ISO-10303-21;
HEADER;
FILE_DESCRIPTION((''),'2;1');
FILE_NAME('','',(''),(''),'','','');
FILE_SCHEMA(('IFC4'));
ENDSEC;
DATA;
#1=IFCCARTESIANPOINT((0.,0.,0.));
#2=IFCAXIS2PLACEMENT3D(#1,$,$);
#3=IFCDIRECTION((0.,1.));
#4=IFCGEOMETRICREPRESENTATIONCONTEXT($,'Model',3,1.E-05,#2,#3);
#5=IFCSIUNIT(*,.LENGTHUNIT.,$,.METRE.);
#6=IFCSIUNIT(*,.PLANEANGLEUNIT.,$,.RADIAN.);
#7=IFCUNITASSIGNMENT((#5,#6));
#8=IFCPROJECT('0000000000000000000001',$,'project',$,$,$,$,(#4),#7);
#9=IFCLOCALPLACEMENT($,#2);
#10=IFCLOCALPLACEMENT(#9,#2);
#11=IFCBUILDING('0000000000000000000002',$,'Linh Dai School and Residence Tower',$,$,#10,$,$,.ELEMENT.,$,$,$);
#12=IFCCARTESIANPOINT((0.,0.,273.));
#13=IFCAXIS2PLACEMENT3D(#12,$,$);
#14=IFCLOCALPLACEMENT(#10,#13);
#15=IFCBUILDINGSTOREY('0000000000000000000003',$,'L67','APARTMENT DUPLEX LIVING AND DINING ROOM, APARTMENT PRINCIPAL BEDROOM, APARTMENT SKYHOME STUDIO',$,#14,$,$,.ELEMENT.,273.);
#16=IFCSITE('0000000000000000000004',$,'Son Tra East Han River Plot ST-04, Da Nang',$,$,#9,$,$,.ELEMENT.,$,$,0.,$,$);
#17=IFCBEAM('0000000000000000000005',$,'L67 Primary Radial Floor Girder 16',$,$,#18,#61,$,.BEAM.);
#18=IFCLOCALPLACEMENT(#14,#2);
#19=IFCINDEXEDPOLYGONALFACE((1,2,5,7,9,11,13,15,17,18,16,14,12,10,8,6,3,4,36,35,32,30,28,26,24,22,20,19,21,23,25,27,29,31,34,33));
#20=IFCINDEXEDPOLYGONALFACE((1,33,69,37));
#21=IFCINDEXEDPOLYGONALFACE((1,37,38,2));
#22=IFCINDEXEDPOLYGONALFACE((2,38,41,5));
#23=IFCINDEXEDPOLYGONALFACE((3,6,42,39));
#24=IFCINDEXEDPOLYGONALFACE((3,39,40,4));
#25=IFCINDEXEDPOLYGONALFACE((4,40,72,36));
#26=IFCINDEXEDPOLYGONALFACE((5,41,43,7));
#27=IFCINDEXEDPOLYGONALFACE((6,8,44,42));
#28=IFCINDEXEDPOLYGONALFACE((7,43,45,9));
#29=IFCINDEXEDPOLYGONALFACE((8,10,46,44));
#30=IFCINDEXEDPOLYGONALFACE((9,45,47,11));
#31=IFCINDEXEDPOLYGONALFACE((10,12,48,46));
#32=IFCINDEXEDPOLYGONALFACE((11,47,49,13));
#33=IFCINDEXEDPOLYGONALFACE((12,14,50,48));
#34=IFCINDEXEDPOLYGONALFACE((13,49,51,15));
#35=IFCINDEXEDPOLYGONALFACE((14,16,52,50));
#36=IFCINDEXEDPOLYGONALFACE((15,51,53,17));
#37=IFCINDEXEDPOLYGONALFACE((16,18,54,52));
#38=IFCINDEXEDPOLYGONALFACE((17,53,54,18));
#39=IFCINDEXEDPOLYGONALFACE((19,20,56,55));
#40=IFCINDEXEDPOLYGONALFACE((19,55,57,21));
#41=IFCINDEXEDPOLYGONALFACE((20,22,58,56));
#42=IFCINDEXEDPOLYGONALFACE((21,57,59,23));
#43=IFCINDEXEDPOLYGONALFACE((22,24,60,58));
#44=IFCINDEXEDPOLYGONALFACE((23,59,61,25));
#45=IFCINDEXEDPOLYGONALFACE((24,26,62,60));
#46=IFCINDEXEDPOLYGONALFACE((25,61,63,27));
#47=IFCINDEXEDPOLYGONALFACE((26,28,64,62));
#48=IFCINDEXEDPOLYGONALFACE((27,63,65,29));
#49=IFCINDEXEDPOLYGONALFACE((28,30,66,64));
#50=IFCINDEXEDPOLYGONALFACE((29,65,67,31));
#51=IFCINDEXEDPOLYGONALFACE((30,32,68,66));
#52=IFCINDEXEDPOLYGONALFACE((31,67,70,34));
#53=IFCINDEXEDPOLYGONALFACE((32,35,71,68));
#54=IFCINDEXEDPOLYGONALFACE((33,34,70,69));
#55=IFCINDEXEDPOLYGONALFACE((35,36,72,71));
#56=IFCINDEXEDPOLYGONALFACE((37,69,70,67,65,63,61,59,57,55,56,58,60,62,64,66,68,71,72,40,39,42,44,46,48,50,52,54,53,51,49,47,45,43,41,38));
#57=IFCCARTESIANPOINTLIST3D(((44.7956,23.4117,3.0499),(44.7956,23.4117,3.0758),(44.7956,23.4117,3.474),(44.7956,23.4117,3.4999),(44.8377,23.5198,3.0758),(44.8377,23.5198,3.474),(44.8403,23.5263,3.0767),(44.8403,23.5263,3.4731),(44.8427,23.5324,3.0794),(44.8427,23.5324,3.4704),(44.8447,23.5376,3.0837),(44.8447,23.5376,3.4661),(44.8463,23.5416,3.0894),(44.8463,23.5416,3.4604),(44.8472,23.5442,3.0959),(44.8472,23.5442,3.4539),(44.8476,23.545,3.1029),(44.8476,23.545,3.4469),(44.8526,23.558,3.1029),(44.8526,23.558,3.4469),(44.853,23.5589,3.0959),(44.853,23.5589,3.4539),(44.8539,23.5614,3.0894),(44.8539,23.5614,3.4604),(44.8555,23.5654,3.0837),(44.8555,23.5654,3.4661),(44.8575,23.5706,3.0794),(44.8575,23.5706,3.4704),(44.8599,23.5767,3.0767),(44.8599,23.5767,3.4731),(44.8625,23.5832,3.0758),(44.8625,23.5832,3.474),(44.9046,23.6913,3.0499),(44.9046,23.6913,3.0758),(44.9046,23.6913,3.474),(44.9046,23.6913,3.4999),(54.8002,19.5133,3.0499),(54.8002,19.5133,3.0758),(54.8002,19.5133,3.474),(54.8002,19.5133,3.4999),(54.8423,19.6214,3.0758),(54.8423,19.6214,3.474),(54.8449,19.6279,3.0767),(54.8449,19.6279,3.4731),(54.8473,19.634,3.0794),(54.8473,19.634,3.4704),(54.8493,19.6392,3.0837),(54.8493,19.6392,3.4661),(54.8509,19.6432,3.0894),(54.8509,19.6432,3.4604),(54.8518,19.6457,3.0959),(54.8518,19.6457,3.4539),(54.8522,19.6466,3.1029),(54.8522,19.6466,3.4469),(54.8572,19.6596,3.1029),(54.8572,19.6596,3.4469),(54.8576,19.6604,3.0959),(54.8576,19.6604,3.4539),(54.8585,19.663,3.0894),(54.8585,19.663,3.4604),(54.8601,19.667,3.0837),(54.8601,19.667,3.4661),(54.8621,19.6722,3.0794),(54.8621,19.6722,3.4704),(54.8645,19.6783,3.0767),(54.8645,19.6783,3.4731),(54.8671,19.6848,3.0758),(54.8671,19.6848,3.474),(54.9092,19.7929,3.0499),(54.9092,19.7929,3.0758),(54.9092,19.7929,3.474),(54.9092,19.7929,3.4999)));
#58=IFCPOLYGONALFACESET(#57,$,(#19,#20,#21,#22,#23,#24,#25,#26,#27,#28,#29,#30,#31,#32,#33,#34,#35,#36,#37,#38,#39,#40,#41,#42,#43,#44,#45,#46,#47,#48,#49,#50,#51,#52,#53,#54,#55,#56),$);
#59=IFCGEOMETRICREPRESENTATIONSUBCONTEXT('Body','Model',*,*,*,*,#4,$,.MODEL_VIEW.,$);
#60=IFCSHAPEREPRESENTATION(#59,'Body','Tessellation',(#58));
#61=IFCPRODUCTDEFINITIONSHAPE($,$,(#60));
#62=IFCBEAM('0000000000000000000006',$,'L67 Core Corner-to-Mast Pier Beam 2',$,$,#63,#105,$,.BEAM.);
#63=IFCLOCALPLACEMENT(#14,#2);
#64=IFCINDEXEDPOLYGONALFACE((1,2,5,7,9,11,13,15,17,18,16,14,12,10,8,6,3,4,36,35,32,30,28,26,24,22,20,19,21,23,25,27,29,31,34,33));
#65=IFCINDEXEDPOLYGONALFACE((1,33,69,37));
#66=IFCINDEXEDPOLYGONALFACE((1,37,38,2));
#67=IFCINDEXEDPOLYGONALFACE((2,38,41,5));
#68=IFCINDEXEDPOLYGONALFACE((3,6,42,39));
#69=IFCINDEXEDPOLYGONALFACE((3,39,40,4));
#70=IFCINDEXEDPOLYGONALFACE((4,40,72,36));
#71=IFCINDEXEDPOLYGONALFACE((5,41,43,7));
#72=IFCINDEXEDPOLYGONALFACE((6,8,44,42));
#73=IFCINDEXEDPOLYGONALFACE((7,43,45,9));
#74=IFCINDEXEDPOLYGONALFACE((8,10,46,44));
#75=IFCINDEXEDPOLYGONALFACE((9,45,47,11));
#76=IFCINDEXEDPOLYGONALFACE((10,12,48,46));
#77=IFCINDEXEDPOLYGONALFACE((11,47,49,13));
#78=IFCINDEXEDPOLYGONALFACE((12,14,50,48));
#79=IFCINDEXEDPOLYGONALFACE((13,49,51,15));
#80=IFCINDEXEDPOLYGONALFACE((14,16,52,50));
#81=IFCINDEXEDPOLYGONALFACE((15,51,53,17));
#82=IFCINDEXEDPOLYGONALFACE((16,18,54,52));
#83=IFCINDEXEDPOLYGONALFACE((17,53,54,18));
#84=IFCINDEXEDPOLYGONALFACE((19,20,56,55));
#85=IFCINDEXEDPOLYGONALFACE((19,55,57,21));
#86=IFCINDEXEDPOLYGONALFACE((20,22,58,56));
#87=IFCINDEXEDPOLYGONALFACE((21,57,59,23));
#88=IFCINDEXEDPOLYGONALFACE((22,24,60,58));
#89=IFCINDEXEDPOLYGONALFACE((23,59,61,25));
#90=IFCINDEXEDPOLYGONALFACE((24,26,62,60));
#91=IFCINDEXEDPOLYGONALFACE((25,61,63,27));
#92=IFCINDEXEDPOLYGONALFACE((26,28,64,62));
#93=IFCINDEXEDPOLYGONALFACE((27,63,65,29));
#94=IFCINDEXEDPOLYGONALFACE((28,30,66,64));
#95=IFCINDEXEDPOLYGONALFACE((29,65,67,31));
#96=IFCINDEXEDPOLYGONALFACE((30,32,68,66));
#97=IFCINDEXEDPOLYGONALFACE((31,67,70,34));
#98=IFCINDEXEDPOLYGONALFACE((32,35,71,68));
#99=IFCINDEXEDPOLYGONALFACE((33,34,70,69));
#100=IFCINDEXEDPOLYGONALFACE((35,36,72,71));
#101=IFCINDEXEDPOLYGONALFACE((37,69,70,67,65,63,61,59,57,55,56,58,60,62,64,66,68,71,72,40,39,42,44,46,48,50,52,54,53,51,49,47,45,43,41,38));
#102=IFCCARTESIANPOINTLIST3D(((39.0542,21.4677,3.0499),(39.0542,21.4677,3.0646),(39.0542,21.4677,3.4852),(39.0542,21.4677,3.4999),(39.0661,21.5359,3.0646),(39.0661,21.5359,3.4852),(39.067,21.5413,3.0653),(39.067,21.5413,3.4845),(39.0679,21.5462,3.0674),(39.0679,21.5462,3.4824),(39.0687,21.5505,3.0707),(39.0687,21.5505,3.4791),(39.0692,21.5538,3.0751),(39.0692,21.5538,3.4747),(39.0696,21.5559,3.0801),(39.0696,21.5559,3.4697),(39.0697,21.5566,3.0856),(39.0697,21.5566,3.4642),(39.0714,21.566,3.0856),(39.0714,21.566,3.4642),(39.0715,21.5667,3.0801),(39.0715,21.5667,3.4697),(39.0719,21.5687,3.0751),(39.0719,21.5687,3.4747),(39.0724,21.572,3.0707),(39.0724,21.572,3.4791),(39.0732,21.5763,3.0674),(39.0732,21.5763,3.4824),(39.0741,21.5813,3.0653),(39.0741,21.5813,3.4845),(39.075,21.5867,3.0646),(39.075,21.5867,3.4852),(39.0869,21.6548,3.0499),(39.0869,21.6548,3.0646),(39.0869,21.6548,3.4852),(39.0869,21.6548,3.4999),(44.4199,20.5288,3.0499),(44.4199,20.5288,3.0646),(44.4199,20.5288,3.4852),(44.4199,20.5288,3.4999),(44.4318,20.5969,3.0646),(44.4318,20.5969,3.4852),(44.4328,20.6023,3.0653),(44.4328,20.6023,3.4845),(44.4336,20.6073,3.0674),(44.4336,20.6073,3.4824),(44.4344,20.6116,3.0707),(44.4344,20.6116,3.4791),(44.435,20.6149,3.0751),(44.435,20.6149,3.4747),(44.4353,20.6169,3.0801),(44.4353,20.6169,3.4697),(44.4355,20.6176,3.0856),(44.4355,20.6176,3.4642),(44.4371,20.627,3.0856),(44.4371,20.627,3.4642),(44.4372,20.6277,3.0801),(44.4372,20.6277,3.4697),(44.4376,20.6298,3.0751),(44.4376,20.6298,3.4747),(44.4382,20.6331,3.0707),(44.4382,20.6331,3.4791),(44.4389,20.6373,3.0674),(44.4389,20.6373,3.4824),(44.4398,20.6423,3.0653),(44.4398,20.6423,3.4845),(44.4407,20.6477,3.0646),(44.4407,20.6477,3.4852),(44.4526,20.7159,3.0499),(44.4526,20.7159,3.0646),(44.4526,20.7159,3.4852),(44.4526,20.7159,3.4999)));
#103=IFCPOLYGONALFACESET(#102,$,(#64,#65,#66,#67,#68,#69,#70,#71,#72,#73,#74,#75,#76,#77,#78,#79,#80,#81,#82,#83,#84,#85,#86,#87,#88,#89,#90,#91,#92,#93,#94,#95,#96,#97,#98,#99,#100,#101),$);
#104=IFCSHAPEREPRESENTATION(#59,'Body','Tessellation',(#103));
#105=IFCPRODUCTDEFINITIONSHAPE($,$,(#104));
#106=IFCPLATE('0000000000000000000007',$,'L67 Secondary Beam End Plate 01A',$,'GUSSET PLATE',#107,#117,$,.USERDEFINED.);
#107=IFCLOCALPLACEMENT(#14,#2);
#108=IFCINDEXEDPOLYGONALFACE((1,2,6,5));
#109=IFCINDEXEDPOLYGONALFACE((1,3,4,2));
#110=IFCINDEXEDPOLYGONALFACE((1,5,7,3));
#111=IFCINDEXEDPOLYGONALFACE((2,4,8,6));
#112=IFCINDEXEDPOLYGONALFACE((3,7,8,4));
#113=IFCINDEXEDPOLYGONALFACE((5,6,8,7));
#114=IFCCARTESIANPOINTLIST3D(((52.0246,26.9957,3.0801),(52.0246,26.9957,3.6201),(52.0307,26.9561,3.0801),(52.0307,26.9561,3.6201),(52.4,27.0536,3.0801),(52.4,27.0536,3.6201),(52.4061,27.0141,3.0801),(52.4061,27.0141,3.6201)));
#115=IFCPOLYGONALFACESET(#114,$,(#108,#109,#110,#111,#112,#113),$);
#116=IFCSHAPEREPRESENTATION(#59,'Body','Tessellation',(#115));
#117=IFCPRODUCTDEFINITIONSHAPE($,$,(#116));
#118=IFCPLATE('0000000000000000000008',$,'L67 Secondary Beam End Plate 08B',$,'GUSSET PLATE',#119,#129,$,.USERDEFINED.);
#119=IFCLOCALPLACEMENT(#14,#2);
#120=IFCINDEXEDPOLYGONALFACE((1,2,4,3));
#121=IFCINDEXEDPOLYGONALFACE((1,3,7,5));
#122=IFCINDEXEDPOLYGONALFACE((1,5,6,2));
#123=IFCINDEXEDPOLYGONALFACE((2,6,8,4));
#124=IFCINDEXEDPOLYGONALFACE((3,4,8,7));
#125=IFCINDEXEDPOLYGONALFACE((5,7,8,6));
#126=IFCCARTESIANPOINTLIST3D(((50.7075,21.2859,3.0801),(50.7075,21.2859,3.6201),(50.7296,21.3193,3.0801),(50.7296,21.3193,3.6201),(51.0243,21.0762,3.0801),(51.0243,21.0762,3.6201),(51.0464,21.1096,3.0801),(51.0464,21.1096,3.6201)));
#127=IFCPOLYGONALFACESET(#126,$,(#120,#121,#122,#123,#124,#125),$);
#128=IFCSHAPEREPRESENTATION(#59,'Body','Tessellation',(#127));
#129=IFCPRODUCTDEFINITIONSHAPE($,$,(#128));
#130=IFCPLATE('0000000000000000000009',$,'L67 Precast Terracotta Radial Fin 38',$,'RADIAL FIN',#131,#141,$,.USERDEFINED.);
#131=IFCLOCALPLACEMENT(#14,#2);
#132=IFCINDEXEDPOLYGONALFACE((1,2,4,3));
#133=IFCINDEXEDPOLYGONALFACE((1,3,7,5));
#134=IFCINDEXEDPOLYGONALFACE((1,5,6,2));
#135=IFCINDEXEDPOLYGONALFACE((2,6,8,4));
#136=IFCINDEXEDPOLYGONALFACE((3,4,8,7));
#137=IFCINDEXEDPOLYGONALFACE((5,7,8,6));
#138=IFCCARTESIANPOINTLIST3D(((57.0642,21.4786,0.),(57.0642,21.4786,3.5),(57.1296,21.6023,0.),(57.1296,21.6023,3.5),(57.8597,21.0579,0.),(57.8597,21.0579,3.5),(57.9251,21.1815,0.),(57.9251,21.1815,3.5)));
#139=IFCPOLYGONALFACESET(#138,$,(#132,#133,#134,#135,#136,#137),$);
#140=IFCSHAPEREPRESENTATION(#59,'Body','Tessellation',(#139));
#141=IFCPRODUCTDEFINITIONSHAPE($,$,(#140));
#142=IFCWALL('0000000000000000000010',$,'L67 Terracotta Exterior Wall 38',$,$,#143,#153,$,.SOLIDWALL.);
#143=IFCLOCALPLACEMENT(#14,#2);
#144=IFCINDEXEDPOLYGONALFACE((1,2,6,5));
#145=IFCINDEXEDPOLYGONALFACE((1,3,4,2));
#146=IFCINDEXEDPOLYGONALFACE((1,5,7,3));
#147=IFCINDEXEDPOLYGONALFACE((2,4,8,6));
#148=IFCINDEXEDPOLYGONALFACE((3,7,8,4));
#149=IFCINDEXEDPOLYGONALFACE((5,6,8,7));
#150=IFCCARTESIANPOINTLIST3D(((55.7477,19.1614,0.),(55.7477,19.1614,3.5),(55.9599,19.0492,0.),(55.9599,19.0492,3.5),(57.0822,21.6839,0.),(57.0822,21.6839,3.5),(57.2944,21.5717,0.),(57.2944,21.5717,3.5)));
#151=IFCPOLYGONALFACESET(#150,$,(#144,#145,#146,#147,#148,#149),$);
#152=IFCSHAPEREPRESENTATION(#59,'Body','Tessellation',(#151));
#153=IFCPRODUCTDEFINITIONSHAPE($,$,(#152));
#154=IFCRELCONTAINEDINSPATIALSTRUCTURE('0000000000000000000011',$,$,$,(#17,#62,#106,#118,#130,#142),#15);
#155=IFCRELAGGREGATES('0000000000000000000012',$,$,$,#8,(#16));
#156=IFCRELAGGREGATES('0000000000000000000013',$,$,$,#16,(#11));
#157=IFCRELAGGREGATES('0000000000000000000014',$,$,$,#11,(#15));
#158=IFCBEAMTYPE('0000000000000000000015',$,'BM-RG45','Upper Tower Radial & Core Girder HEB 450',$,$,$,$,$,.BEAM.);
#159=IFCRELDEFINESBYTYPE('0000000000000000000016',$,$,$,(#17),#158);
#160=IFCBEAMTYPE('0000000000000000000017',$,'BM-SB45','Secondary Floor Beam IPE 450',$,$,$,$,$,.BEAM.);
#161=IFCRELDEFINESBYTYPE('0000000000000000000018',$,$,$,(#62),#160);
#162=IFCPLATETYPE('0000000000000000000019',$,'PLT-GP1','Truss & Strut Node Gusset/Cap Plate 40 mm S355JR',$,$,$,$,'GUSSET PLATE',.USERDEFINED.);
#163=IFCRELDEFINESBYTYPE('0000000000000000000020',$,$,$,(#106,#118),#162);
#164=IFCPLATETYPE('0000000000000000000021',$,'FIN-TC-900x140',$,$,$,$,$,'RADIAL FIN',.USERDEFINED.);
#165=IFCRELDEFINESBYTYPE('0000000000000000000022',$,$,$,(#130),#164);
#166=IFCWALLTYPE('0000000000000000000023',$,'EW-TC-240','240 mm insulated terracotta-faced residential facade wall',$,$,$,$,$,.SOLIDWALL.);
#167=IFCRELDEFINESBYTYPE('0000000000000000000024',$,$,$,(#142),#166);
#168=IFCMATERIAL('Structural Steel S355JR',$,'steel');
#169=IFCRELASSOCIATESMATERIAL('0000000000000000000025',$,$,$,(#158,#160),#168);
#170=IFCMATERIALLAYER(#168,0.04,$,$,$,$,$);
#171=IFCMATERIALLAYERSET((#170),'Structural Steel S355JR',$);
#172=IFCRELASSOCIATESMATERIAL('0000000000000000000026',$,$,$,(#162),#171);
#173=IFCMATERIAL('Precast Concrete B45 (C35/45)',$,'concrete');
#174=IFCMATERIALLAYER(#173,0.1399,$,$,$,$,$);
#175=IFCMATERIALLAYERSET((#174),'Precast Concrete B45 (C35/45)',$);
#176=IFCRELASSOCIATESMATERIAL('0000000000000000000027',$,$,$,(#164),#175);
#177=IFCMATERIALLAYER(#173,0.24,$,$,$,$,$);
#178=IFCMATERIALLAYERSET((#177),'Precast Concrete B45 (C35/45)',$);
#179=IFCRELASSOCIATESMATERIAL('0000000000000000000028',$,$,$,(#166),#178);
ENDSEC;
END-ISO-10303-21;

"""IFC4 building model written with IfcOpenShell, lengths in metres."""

from ifc_helpers import new_model, si_unit, direction, frame, frame_2d, origin, origin_2d, place, context, subcontext, project, spatial, rectangle, i_section, extrude, source, transform, mapped, material, layer, layer_set, material_profile, profile_set, type_object, element, save


model = new_model("IFC4")

# Units and contexts
model_context = context("Model", 3, precision=1e-05, world=origin(), true_north=direction((0.0, 1.0)))
body_context = subcontext(model_context, "Body", "Model", "MODEL_VIEW")
ifc_project = project(units=[si_unit("LENGTHUNIT", "METRE"), si_unit("PLANEANGLEUNIT", "RADIAN")], contexts=[model_context])

# Site, building, storey
site_placement = place(None, origin())
site = spatial("IfcSite", under=ifc_project, at=site_placement, Name="Son Tra East Han River Plot ST-04, Da Nang", CompositionType="ELEMENT", RefElevation=0.0)
building_placement = place(site_placement, origin())
building = spatial("IfcBuilding", under=site, at=building_placement, Name="Linh Dai School and Residence Tower", CompositionType="ELEMENT")
storey_placement = place(building_placement, frame((0.0, 0.0, 273.0)))
storey = spatial("IfcBuildingStorey", under=building, at=storey_placement, Name="L67", Description="APARTMENT DUPLEX LIVING AND DINING ROOM, APARTMENT PRINCIPAL BEDROOM, APARTMENT SKYHOME STUDIO", CompositionType="ELEMENT", Elevation=273.0)

# Shared definitions
ifc_material_1 = material(Name="Structural Steel S355JR", Category="steel")

# Beams
ifc_material_profile_1 = material_profile(ifc_material_1, i_section(OverallWidth=0.3, OverallDepth=0.45, WebThickness=0.0139, FlangeThickness=0.0259, FilletRadius=0.0271, at=origin_2d()), Name="HEB 450")
ifc_profile_set_1 = profile_set([ifc_material_profile_1], Name="Structural Steel S355JR")
beam_type_1 = type_object("IfcBeamType", Name="BM-RG45", Description="Upper Tower Radial & Core Girder HEB 450", PredefinedType="BEAM", material=ifc_profile_set_1)
beam_1_placement = place(storey_placement, frame((44.8501, 23.5515, 3.2749), z_axis=(0.931761, -0.363073, 0.0), x_axis=(0.363073, 0.931761, 0.0)))
element("IfcBeam", 1, at=beam_1_placement, inside=storey, type_object=beam_type_1, Name="L67 Primary Radial Floor Girder 16", PredefinedType="BEAM", context=body_context, shape_type="SweptSolid", body=[
    extrude(i_section(OverallWidth=0.3, OverallDepth=0.45, WebThickness=0.0139, FlangeThickness=0.0259, FilletRadius=0.0271, at=origin_2d()), origin(), (0.0, 0.0, 1.0), 10.7373),
])
ifc_material_profile_2 = material_profile(ifc_material_1, i_section(OverallWidth=0.1899, OverallDepth=0.45, WebThickness=0.0095, FlangeThickness=0.0146, FilletRadius=0.021, at=origin_2d()), Name="IPE 450")
ifc_profile_set_2 = profile_set([ifc_material_profile_2], Name="Structural Steel S355JR")
beam_type_2 = type_object("IfcBeamType", Name="BM-SB45", Description="Secondary Floor Beam IPE 450", PredefinedType="BEAM", material=ifc_profile_set_2)
beam_2_placement = place(storey_placement, frame((44.4363, 20.6223, 3.2749), z_axis=(-0.985032, 0.172374, 0.0), x_axis=(-0.172374, -0.985032, 0.0)))
element("IfcBeam", 2, at=beam_2_placement, inside=storey, type_object=beam_type_2, Name="L67 Core Corner-to-Mast Pier Beam 2", PredefinedType="BEAM", context=body_context, shape_type="SweptSolid", body=[
    extrude(i_section(OverallWidth=0.1899, OverallDepth=0.45, WebThickness=0.0095, FlangeThickness=0.0146, FilletRadius=0.021, at=origin_2d()), origin(), (0.0, 0.0, 1.0), 5.4473),
])

# Plates
ifc_layer_1 = layer(ifc_material_1, 0.04)
ifc_layer_set_1 = layer_set([ifc_layer_1], Name="Structural Steel S355JR")
plate_type_1 = type_object("IfcPlateType", Name="PLT-GP1", Description="Truss & Strut Node Gusset/Cap Plate 40 mm S355JR", ElementType="GUSSET PLATE", PredefinedType="USERDEFINED", material=ifc_layer_set_1)
shared_shape_1 = source(origin(), body_context, "Body", "SweptSolid", [
    extrude(rectangle(XDim=0.04, YDim=0.3799, at=origin_2d()), origin(), (0.0, 0.0, 1.0), 0.54),
])
for number, where, z_axis, x_axis, name in (
    (3, (52.2153, 27.0049, 3.0801), (0.0, 0.0, 1.0), (-0.152474, 0.988308, 0.0), "L67 Secondary Beam End Plate 01A"),
    (4, (50.877, 21.1978, 3.0801), (0.0, 0.0, 1.0), (0.552122, 0.833763, 0.0), "L67 Secondary Beam End Plate 08B"),
):
    element("IfcPlate", number, at=place(storey_placement, frame(where, z_axis=z_axis, x_axis=x_axis)), inside=storey, type_object=plate_type_1, Name=name, ObjectType="GUSSET PLATE", PredefinedType="USERDEFINED", context=body_context, shape_type="MappedRepresentation", body=[
        mapped(shared_shape_1, transform((0.0, 0.0, 0.0), x_axis=(1.0, 0.0, 0.0), y_axis=(0.0, 1.0, 0.0), z_axis=(0.0, 0.0, 1.0), scale=1.0)),
    ])
ifc_material_2 = material(Name="Precast Concrete B45 (C35/45)", Category="concrete")
ifc_layer_2 = layer(ifc_material_2, 0.1399)
ifc_layer_set_2 = layer_set([ifc_layer_2], Name="Precast Concrete B45 (C35/45)")
plate_type_2 = type_object("IfcPlateType", Name="FIN-TC-900x140", ElementType="RADIAL FIN", PredefinedType="USERDEFINED", material=ifc_layer_set_2)
shared_shape_2 = source(origin(), body_context, "Body", "SweptSolid", [
    extrude(rectangle(XDim=0.8999, YDim=0.1399, at=origin_2d()), origin(), (0.0, 0.0, 1.0), 3.5),
])
plate_placement = place(storey_placement, frame((57.4946, 21.3301, 0.0), z_axis=(0.0, 0.0, 1.0), x_axis=(0.883938, -0.467604, 0.0)))
element("IfcPlate", 5, at=plate_placement, inside=storey, type_object=plate_type_2, Name="L67 Precast Terracotta Radial Fin 38", ObjectType="RADIAL FIN", PredefinedType="USERDEFINED", context=body_context, shape_type="MappedRepresentation", body=[
    mapped(shared_shape_2, transform((0.0, 0.0, 0.0), x_axis=(1.0, 0.0, 0.0), y_axis=(0.0, 1.0, 0.0), z_axis=(0.0, 0.0, 1.0), scale=1.0)),
])

# Wall
ifc_layer_3 = layer(ifc_material_2, 0.24)
ifc_layer_set_3 = layer_set([ifc_layer_3], Name="Precast Concrete B45 (C35/45)")
wall_type_1 = type_object("IfcWallType", Name="EW-TC-240", Description="240 mm insulated terracotta-faced residential facade wall", PredefinedType="SOLIDWALL", material=ifc_layer_set_3)
wall_1_placement = place(storey_placement, frame((57.1882, 21.6277, 0.0), z_axis=(0.0, 0.0, 1.0), x_axis=(-0.467628, -0.883925, 0.0)))
element("IfcWall", 6, at=wall_1_placement, inside=storey, type_object=wall_type_1, Name="L67 Terracotta Exterior Wall 38", PredefinedType="SOLIDWALL", context=body_context, shape_type="SweptSolid", body=[
    extrude(rectangle(XDim=2.8538, YDim=0.24, at=frame_2d((1.4268, 0.0))), origin(), (0.0, 0.0, 1.0), 3.5),
])

save(model, "model.ifc")
